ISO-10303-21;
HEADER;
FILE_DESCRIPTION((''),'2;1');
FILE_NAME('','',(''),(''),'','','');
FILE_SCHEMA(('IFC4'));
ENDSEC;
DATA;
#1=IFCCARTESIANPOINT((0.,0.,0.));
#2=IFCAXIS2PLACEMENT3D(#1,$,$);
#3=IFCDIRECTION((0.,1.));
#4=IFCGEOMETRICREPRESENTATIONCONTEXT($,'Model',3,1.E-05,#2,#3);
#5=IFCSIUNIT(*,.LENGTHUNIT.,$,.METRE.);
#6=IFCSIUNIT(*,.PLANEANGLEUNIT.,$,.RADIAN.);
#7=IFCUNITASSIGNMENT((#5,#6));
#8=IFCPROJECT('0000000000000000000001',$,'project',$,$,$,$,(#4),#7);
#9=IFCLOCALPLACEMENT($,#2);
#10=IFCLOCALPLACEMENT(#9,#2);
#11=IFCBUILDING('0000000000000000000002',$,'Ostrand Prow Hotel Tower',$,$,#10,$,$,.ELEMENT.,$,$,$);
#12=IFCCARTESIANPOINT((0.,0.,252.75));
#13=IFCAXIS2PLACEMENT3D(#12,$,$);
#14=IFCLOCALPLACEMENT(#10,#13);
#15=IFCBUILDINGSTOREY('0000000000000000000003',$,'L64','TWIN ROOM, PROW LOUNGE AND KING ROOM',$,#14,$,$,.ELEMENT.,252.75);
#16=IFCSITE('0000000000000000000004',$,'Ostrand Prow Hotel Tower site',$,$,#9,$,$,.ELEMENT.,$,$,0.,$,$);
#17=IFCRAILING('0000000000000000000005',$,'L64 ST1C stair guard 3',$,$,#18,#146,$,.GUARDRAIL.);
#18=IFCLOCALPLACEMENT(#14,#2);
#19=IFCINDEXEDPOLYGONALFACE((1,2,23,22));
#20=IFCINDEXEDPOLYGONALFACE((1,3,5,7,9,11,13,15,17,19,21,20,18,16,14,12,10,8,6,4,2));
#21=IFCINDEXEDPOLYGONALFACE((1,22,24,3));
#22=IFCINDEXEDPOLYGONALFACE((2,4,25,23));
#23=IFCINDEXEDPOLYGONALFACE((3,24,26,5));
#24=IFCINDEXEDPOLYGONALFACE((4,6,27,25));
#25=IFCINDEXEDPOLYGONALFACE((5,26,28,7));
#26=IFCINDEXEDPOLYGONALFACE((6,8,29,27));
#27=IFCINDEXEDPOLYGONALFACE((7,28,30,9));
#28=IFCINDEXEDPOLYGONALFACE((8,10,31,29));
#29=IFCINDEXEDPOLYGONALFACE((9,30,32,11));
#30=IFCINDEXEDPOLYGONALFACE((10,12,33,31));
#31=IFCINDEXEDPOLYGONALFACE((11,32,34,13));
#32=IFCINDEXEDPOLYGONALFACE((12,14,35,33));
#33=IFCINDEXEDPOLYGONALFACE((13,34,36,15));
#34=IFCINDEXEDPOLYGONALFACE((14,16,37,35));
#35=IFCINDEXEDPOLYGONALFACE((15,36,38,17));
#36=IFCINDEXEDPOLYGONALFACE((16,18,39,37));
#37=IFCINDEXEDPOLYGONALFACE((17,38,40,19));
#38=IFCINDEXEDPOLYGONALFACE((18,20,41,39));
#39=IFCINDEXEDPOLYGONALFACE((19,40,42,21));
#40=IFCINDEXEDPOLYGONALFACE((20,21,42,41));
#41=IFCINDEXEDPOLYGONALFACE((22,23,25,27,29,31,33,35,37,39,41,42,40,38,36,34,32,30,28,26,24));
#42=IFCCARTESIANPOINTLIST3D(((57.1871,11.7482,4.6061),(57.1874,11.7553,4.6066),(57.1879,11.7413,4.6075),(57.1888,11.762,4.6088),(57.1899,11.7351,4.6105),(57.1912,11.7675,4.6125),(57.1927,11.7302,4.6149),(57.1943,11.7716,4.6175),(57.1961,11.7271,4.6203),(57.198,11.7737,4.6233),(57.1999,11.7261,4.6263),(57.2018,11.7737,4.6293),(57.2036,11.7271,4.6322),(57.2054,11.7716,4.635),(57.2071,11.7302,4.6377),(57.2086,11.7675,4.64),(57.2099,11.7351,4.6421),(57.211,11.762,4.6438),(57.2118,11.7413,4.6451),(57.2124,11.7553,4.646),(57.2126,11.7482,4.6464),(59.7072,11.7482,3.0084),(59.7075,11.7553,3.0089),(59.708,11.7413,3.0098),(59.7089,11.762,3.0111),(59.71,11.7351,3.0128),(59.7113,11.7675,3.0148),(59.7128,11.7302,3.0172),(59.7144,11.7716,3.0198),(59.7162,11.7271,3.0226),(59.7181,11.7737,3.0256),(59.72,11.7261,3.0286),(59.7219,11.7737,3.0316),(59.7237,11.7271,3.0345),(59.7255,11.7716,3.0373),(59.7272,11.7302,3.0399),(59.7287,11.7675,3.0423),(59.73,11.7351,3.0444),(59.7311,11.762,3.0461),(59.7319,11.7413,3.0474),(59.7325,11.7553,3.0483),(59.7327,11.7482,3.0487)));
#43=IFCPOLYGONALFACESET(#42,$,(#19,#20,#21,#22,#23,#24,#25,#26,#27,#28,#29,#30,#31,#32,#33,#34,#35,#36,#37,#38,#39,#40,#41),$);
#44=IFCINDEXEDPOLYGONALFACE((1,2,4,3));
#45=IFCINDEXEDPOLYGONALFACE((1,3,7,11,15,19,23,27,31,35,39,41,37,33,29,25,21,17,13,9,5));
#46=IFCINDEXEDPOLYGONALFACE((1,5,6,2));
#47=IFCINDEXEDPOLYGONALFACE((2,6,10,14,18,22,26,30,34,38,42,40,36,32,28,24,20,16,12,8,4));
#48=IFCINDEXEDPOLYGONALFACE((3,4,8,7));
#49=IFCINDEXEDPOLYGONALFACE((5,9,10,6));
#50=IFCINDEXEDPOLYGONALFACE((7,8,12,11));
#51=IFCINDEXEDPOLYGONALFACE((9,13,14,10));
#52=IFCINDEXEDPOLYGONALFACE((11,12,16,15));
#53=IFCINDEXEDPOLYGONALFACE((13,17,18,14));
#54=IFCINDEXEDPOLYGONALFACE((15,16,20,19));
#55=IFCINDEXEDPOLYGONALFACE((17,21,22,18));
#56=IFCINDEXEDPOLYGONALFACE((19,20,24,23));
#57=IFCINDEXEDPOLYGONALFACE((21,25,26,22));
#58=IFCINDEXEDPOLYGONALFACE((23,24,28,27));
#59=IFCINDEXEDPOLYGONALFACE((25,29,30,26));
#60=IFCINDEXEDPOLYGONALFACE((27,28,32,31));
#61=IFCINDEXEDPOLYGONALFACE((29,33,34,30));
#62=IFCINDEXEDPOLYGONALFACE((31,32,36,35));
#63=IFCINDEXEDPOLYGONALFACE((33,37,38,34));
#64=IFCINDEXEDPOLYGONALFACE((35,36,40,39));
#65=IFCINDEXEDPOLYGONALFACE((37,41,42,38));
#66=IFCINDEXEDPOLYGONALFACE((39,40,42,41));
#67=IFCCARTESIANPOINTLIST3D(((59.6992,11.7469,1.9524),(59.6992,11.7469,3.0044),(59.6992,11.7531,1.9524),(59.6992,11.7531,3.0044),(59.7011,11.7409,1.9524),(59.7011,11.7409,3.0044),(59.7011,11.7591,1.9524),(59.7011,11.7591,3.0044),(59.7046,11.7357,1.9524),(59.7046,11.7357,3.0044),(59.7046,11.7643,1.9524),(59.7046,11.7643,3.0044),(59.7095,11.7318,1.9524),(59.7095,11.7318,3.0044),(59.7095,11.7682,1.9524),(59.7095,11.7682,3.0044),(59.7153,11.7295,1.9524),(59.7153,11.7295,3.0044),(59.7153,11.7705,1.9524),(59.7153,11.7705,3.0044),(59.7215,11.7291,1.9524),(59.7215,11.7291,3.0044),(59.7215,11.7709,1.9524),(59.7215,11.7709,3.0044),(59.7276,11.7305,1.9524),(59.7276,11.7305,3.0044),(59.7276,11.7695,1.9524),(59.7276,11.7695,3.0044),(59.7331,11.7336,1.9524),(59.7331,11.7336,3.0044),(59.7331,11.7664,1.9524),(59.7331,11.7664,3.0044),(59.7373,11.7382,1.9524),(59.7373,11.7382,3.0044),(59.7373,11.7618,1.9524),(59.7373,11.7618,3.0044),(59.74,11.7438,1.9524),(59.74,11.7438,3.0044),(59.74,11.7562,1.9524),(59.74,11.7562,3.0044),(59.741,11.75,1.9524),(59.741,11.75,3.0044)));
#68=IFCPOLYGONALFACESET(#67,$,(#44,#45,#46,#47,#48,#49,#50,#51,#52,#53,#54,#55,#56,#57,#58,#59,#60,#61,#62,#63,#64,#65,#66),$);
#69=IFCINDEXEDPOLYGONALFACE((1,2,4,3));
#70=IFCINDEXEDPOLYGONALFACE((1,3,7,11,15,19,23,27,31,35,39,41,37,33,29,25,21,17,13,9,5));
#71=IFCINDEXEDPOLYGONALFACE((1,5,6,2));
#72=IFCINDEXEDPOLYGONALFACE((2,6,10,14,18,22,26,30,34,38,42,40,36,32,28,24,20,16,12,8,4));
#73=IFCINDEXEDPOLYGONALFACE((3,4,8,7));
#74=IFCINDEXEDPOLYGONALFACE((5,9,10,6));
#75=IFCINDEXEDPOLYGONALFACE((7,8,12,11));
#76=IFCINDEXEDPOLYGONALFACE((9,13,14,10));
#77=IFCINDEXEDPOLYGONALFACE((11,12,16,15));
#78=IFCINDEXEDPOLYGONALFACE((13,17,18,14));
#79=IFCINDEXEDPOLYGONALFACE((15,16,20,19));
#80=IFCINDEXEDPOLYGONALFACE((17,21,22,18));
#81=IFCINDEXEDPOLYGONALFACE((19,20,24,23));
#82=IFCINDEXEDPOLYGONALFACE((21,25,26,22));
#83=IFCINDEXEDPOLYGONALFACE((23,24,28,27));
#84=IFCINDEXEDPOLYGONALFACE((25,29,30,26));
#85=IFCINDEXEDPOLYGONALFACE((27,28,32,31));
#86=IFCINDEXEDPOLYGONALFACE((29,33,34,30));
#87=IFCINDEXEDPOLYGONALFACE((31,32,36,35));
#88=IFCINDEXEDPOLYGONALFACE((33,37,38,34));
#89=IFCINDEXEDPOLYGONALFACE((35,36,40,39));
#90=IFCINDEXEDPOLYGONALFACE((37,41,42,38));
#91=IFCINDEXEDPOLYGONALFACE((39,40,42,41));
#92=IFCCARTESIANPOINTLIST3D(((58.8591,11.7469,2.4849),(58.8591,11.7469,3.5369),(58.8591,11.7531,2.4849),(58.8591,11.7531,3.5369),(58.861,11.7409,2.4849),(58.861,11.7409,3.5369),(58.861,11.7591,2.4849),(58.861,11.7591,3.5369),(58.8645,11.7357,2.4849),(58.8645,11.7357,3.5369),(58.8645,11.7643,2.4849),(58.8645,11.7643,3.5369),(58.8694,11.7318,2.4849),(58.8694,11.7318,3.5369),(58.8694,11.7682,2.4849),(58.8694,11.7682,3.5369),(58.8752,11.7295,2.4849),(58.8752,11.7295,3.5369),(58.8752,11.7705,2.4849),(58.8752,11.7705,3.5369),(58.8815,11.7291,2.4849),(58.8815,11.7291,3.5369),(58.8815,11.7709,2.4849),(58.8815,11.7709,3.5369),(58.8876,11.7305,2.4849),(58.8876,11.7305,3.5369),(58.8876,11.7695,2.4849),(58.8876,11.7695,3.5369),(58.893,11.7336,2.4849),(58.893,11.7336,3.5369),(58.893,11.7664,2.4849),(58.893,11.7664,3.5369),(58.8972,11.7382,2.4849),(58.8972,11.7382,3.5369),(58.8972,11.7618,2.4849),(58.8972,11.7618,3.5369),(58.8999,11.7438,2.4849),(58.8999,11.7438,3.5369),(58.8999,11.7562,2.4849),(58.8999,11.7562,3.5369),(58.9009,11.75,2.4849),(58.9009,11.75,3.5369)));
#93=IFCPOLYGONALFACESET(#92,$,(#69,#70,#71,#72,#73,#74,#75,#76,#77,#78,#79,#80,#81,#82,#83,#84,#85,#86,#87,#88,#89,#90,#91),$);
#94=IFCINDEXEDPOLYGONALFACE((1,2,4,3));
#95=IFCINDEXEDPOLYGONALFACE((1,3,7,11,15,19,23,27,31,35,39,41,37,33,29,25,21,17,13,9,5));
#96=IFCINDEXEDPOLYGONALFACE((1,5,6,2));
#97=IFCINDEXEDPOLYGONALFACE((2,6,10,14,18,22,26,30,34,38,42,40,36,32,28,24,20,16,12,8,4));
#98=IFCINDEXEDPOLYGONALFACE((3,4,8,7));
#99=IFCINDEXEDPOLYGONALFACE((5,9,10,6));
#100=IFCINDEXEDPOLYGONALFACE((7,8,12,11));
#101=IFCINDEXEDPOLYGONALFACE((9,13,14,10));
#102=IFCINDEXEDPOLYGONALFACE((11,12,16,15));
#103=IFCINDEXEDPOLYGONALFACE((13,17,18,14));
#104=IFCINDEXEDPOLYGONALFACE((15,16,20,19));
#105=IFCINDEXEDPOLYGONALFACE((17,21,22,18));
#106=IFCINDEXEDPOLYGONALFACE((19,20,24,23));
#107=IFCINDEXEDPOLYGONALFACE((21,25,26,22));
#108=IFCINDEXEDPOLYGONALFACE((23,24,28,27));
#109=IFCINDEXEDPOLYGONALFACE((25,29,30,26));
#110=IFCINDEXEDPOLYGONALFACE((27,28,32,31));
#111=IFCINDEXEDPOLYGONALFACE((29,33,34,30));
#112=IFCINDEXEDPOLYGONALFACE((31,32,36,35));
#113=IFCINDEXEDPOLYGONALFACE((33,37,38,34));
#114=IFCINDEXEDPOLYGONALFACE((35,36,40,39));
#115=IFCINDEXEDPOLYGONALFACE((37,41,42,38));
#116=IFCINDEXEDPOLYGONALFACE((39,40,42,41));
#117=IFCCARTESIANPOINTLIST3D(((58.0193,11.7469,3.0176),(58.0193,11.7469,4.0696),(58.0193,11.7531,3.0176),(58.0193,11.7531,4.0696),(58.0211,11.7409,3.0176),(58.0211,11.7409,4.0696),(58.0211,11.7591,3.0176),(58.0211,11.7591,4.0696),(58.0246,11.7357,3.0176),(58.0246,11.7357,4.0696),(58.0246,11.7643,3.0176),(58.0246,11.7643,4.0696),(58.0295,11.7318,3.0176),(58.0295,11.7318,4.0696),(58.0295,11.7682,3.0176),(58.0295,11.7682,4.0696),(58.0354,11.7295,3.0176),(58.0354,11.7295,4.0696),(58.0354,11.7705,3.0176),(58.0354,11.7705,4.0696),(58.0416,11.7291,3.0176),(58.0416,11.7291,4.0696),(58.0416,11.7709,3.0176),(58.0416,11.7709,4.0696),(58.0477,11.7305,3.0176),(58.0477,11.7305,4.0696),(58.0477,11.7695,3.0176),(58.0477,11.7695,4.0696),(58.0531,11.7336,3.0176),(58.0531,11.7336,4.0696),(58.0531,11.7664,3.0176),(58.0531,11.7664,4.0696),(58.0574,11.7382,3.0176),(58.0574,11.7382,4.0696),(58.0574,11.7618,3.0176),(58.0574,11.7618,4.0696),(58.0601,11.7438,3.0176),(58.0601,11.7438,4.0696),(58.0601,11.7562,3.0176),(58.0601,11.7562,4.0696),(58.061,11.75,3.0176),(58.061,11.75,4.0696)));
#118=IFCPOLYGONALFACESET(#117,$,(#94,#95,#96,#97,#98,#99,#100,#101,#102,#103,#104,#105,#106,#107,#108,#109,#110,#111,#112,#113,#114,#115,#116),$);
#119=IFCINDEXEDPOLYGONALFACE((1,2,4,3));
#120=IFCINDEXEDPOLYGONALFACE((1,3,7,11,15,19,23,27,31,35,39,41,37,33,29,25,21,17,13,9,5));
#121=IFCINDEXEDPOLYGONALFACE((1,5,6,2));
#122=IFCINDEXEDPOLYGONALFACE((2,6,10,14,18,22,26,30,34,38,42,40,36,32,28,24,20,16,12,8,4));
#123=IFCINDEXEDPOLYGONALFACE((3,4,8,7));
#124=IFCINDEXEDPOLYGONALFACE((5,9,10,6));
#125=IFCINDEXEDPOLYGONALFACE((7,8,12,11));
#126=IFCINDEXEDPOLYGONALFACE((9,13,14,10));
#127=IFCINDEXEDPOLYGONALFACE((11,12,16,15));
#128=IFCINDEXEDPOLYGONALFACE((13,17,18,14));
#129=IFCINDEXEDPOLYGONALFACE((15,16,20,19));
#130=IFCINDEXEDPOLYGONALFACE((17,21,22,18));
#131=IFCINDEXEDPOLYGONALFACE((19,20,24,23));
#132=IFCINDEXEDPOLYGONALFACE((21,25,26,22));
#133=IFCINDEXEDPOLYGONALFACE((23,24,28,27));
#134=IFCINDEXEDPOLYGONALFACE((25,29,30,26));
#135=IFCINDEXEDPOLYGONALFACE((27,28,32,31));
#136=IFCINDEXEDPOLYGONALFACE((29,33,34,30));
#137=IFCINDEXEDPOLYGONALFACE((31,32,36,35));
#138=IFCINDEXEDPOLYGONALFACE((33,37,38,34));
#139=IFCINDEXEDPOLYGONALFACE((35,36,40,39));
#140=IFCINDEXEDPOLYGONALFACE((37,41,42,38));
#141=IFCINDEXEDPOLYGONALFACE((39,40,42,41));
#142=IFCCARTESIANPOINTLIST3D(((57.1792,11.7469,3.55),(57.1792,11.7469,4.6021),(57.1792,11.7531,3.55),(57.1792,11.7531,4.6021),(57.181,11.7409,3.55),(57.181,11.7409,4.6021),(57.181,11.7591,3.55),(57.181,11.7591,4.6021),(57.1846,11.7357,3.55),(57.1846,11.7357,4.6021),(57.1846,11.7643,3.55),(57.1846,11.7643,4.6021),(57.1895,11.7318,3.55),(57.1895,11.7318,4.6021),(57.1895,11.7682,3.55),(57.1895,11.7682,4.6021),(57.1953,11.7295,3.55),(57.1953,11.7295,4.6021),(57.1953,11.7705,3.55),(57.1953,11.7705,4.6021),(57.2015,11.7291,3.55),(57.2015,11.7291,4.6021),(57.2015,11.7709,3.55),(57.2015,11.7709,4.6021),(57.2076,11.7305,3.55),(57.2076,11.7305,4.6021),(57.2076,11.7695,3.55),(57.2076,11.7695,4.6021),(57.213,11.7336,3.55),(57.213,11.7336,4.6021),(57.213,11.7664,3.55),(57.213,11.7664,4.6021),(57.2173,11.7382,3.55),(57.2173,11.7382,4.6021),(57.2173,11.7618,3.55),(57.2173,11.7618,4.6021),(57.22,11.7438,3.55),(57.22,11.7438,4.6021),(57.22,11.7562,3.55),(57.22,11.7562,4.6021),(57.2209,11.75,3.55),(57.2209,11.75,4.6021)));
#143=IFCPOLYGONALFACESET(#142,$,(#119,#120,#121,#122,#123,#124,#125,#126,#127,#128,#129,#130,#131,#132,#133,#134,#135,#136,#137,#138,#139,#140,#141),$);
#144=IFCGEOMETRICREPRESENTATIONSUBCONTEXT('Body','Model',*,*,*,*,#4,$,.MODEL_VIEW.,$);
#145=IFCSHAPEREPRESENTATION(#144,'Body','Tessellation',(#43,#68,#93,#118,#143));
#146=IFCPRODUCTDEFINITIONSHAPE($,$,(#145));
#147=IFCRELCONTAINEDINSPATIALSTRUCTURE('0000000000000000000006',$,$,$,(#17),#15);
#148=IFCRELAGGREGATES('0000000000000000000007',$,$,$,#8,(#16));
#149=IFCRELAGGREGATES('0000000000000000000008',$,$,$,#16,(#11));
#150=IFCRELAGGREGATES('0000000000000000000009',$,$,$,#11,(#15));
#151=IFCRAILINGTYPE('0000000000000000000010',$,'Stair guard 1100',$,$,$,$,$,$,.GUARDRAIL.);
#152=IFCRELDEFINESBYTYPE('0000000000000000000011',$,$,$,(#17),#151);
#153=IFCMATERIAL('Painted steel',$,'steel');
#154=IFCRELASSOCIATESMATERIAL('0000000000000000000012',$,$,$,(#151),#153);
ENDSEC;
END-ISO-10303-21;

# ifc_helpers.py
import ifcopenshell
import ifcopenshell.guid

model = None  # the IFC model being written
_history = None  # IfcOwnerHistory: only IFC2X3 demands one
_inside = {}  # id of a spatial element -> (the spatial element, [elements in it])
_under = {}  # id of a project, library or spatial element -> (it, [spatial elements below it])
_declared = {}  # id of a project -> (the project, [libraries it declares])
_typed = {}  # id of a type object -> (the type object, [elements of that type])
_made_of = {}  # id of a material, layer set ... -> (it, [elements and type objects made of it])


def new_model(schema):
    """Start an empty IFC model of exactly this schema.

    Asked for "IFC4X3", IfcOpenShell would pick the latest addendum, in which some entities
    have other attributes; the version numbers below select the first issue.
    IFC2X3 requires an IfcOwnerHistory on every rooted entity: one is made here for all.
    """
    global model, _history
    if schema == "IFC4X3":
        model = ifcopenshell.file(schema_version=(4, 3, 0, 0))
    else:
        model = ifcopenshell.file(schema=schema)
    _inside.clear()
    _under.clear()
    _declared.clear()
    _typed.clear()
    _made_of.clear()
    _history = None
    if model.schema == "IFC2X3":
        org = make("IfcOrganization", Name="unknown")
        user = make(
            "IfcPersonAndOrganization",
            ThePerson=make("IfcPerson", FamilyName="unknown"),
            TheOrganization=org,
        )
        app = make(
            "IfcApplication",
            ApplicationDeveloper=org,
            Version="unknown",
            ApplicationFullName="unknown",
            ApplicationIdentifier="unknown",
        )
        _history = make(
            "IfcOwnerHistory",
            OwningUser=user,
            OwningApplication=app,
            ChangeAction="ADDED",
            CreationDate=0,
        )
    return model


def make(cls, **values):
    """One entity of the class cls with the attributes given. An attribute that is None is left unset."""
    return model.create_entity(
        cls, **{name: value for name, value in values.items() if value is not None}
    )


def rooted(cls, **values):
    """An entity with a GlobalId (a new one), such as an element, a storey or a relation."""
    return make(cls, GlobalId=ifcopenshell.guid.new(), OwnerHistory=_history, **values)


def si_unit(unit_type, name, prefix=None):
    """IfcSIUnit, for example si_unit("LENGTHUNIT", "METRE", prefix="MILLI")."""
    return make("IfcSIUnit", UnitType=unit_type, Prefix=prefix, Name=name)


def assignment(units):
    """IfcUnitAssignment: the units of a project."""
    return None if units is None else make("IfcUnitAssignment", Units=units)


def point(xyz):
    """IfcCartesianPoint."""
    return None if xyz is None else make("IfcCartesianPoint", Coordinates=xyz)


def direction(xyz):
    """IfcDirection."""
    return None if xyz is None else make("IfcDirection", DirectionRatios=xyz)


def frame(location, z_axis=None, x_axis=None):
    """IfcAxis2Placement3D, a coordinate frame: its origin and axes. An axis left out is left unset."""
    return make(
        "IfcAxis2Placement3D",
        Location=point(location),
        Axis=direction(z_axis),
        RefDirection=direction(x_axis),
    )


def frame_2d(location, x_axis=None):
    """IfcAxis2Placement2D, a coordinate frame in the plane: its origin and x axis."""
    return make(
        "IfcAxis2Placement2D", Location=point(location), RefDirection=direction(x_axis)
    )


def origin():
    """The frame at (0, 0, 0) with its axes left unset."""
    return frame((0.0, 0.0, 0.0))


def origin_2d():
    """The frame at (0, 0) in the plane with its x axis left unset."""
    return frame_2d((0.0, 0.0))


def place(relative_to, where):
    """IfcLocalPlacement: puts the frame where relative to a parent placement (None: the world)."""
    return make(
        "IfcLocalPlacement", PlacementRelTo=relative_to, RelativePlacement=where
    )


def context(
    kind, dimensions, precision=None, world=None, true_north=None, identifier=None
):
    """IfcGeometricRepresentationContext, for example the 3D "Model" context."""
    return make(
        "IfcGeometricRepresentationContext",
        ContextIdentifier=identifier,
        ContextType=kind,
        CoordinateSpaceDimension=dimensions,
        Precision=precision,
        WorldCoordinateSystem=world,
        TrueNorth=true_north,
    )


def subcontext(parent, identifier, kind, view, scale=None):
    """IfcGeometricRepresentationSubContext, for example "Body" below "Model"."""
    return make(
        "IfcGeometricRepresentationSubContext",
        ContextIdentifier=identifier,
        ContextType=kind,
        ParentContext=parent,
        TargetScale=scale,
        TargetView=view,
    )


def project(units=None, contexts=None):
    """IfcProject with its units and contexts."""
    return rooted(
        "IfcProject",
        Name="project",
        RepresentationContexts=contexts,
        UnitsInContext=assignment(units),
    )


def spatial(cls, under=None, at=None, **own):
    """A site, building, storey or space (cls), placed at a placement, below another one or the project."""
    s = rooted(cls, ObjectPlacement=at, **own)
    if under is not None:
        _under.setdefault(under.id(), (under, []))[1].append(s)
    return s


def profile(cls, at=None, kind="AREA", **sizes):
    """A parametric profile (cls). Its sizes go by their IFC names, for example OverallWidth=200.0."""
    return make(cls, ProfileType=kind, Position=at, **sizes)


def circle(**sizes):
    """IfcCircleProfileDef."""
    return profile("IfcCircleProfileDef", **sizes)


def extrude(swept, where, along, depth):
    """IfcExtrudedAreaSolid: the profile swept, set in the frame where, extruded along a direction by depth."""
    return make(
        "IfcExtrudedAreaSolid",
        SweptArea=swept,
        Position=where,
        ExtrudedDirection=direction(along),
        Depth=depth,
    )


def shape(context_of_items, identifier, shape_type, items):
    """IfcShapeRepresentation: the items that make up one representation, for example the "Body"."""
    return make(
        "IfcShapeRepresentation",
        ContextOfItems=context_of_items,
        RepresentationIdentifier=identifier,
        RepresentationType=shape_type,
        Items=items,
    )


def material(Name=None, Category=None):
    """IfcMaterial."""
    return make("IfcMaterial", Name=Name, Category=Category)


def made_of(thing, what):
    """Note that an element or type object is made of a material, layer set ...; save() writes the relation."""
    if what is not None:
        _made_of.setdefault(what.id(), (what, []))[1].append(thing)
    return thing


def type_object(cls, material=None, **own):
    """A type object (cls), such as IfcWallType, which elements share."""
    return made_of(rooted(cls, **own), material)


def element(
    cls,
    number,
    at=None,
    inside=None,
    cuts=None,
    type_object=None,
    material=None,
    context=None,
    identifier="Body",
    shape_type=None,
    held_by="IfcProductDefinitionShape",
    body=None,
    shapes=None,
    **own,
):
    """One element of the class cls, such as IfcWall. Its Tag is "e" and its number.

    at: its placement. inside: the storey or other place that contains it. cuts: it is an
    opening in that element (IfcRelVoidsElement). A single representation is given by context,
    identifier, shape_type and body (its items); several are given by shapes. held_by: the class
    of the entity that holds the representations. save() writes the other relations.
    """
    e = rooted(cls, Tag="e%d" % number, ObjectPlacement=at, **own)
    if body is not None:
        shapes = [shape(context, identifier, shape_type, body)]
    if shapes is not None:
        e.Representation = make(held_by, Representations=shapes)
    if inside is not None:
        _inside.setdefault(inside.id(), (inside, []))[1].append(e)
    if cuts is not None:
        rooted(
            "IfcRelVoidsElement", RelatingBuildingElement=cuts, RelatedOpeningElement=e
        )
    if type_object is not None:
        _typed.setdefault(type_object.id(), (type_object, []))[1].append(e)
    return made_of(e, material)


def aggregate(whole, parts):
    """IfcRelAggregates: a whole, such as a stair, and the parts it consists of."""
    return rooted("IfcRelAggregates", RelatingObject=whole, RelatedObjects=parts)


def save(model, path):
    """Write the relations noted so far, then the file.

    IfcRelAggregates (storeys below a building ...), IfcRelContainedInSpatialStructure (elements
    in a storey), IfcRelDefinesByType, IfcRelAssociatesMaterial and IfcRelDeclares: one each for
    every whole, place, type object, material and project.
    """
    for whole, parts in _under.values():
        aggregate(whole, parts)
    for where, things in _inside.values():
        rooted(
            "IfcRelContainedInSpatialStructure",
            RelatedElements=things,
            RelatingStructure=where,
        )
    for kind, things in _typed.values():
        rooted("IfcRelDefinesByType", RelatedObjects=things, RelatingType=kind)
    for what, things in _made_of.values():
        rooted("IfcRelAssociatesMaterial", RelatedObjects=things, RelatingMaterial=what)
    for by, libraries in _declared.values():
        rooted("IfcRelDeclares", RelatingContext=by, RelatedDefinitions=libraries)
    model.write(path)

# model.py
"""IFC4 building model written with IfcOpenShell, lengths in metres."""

from ifc_helpers import new_model, si_unit, direction, frame, origin, origin_2d, place, context, subcontext, project, spatial, circle, extrude, material, type_object, element, save


model = new_model("IFC4")

# Units and contexts
model_context = context("Model", 3, precision=1e-05, world=origin(), true_north=direction((0.0, 1.0)))
body_context = subcontext(model_context, "Body", "Model", "MODEL_VIEW")
ifc_project = project(units=[si_unit("LENGTHUNIT", "METRE"), si_unit("PLANEANGLEUNIT", "RADIAN")], contexts=[model_context])

# Site, building, storey
site_placement = place(None, origin())
site = spatial("IfcSite", under=ifc_project, at=site_placement, Name="Ostrand Prow Hotel Tower site", CompositionType="ELEMENT", RefElevation=0.0)
building_placement = place(site_placement, origin())
building = spatial("IfcBuilding", under=site, at=building_placement, Name="Ostrand Prow Hotel Tower", CompositionType="ELEMENT")
storey_placement = place(building_placement, frame((0.0, 0.0, 252.75)))
storey = spatial("IfcBuildingStorey", under=building, at=storey_placement, Name="L64", Description="TWIN ROOM, PROW LOUNGE AND KING ROOM", CompositionType="ELEMENT", Elevation=252.75)

# Railing
ifc_material_1 = material(Name="Painted steel", Category="steel")
railing_type_1 = type_object("IfcRailingType", Name="Stair guard 1100", PredefinedType="GUARDRAIL", material=ifc_material_1)
railing_1_placement = place(storey_placement, frame((59.72, 11.75, 1.9524)))
element("IfcRailing", 1, at=railing_1_placement, inside=storey, type_object=railing_type_1, Name="L64 ST1C stair guard 3", PredefinedType="GUARDRAIL", context=body_context, shape_type="SweptSolid", body=[
    extrude(circle(Radius=0.0239, at=origin_2d()), frame((0.0, 0.0, 1.0762), z_axis=(-0.84457, 0.0, 0.535445), x_axis=(0.0, -1.0, 0.0)), (0.0, 0.0, 1.0), 2.9839),
    extrude(circle(Radius=0.021, at=origin_2d()), origin(), (0.0, 0.0, 1.0), 1.052),
    extrude(circle(Radius=0.021, at=origin_2d()), frame((-0.8401, 0.0, 0.5325)), (0.0, 0.0, 1.0), 1.052),
    extrude(circle(Radius=0.021, at=origin_2d()), frame((-1.6799, 0.0, 1.0652)), (0.0, 0.0, 1.0), 1.052),
    extrude(circle(Radius=0.021, at=origin_2d()), frame((-2.52, 0.0, 1.5977)), (0.0, 0.0, 1.0), 1.052),
])

save(model, "model.ifc")
